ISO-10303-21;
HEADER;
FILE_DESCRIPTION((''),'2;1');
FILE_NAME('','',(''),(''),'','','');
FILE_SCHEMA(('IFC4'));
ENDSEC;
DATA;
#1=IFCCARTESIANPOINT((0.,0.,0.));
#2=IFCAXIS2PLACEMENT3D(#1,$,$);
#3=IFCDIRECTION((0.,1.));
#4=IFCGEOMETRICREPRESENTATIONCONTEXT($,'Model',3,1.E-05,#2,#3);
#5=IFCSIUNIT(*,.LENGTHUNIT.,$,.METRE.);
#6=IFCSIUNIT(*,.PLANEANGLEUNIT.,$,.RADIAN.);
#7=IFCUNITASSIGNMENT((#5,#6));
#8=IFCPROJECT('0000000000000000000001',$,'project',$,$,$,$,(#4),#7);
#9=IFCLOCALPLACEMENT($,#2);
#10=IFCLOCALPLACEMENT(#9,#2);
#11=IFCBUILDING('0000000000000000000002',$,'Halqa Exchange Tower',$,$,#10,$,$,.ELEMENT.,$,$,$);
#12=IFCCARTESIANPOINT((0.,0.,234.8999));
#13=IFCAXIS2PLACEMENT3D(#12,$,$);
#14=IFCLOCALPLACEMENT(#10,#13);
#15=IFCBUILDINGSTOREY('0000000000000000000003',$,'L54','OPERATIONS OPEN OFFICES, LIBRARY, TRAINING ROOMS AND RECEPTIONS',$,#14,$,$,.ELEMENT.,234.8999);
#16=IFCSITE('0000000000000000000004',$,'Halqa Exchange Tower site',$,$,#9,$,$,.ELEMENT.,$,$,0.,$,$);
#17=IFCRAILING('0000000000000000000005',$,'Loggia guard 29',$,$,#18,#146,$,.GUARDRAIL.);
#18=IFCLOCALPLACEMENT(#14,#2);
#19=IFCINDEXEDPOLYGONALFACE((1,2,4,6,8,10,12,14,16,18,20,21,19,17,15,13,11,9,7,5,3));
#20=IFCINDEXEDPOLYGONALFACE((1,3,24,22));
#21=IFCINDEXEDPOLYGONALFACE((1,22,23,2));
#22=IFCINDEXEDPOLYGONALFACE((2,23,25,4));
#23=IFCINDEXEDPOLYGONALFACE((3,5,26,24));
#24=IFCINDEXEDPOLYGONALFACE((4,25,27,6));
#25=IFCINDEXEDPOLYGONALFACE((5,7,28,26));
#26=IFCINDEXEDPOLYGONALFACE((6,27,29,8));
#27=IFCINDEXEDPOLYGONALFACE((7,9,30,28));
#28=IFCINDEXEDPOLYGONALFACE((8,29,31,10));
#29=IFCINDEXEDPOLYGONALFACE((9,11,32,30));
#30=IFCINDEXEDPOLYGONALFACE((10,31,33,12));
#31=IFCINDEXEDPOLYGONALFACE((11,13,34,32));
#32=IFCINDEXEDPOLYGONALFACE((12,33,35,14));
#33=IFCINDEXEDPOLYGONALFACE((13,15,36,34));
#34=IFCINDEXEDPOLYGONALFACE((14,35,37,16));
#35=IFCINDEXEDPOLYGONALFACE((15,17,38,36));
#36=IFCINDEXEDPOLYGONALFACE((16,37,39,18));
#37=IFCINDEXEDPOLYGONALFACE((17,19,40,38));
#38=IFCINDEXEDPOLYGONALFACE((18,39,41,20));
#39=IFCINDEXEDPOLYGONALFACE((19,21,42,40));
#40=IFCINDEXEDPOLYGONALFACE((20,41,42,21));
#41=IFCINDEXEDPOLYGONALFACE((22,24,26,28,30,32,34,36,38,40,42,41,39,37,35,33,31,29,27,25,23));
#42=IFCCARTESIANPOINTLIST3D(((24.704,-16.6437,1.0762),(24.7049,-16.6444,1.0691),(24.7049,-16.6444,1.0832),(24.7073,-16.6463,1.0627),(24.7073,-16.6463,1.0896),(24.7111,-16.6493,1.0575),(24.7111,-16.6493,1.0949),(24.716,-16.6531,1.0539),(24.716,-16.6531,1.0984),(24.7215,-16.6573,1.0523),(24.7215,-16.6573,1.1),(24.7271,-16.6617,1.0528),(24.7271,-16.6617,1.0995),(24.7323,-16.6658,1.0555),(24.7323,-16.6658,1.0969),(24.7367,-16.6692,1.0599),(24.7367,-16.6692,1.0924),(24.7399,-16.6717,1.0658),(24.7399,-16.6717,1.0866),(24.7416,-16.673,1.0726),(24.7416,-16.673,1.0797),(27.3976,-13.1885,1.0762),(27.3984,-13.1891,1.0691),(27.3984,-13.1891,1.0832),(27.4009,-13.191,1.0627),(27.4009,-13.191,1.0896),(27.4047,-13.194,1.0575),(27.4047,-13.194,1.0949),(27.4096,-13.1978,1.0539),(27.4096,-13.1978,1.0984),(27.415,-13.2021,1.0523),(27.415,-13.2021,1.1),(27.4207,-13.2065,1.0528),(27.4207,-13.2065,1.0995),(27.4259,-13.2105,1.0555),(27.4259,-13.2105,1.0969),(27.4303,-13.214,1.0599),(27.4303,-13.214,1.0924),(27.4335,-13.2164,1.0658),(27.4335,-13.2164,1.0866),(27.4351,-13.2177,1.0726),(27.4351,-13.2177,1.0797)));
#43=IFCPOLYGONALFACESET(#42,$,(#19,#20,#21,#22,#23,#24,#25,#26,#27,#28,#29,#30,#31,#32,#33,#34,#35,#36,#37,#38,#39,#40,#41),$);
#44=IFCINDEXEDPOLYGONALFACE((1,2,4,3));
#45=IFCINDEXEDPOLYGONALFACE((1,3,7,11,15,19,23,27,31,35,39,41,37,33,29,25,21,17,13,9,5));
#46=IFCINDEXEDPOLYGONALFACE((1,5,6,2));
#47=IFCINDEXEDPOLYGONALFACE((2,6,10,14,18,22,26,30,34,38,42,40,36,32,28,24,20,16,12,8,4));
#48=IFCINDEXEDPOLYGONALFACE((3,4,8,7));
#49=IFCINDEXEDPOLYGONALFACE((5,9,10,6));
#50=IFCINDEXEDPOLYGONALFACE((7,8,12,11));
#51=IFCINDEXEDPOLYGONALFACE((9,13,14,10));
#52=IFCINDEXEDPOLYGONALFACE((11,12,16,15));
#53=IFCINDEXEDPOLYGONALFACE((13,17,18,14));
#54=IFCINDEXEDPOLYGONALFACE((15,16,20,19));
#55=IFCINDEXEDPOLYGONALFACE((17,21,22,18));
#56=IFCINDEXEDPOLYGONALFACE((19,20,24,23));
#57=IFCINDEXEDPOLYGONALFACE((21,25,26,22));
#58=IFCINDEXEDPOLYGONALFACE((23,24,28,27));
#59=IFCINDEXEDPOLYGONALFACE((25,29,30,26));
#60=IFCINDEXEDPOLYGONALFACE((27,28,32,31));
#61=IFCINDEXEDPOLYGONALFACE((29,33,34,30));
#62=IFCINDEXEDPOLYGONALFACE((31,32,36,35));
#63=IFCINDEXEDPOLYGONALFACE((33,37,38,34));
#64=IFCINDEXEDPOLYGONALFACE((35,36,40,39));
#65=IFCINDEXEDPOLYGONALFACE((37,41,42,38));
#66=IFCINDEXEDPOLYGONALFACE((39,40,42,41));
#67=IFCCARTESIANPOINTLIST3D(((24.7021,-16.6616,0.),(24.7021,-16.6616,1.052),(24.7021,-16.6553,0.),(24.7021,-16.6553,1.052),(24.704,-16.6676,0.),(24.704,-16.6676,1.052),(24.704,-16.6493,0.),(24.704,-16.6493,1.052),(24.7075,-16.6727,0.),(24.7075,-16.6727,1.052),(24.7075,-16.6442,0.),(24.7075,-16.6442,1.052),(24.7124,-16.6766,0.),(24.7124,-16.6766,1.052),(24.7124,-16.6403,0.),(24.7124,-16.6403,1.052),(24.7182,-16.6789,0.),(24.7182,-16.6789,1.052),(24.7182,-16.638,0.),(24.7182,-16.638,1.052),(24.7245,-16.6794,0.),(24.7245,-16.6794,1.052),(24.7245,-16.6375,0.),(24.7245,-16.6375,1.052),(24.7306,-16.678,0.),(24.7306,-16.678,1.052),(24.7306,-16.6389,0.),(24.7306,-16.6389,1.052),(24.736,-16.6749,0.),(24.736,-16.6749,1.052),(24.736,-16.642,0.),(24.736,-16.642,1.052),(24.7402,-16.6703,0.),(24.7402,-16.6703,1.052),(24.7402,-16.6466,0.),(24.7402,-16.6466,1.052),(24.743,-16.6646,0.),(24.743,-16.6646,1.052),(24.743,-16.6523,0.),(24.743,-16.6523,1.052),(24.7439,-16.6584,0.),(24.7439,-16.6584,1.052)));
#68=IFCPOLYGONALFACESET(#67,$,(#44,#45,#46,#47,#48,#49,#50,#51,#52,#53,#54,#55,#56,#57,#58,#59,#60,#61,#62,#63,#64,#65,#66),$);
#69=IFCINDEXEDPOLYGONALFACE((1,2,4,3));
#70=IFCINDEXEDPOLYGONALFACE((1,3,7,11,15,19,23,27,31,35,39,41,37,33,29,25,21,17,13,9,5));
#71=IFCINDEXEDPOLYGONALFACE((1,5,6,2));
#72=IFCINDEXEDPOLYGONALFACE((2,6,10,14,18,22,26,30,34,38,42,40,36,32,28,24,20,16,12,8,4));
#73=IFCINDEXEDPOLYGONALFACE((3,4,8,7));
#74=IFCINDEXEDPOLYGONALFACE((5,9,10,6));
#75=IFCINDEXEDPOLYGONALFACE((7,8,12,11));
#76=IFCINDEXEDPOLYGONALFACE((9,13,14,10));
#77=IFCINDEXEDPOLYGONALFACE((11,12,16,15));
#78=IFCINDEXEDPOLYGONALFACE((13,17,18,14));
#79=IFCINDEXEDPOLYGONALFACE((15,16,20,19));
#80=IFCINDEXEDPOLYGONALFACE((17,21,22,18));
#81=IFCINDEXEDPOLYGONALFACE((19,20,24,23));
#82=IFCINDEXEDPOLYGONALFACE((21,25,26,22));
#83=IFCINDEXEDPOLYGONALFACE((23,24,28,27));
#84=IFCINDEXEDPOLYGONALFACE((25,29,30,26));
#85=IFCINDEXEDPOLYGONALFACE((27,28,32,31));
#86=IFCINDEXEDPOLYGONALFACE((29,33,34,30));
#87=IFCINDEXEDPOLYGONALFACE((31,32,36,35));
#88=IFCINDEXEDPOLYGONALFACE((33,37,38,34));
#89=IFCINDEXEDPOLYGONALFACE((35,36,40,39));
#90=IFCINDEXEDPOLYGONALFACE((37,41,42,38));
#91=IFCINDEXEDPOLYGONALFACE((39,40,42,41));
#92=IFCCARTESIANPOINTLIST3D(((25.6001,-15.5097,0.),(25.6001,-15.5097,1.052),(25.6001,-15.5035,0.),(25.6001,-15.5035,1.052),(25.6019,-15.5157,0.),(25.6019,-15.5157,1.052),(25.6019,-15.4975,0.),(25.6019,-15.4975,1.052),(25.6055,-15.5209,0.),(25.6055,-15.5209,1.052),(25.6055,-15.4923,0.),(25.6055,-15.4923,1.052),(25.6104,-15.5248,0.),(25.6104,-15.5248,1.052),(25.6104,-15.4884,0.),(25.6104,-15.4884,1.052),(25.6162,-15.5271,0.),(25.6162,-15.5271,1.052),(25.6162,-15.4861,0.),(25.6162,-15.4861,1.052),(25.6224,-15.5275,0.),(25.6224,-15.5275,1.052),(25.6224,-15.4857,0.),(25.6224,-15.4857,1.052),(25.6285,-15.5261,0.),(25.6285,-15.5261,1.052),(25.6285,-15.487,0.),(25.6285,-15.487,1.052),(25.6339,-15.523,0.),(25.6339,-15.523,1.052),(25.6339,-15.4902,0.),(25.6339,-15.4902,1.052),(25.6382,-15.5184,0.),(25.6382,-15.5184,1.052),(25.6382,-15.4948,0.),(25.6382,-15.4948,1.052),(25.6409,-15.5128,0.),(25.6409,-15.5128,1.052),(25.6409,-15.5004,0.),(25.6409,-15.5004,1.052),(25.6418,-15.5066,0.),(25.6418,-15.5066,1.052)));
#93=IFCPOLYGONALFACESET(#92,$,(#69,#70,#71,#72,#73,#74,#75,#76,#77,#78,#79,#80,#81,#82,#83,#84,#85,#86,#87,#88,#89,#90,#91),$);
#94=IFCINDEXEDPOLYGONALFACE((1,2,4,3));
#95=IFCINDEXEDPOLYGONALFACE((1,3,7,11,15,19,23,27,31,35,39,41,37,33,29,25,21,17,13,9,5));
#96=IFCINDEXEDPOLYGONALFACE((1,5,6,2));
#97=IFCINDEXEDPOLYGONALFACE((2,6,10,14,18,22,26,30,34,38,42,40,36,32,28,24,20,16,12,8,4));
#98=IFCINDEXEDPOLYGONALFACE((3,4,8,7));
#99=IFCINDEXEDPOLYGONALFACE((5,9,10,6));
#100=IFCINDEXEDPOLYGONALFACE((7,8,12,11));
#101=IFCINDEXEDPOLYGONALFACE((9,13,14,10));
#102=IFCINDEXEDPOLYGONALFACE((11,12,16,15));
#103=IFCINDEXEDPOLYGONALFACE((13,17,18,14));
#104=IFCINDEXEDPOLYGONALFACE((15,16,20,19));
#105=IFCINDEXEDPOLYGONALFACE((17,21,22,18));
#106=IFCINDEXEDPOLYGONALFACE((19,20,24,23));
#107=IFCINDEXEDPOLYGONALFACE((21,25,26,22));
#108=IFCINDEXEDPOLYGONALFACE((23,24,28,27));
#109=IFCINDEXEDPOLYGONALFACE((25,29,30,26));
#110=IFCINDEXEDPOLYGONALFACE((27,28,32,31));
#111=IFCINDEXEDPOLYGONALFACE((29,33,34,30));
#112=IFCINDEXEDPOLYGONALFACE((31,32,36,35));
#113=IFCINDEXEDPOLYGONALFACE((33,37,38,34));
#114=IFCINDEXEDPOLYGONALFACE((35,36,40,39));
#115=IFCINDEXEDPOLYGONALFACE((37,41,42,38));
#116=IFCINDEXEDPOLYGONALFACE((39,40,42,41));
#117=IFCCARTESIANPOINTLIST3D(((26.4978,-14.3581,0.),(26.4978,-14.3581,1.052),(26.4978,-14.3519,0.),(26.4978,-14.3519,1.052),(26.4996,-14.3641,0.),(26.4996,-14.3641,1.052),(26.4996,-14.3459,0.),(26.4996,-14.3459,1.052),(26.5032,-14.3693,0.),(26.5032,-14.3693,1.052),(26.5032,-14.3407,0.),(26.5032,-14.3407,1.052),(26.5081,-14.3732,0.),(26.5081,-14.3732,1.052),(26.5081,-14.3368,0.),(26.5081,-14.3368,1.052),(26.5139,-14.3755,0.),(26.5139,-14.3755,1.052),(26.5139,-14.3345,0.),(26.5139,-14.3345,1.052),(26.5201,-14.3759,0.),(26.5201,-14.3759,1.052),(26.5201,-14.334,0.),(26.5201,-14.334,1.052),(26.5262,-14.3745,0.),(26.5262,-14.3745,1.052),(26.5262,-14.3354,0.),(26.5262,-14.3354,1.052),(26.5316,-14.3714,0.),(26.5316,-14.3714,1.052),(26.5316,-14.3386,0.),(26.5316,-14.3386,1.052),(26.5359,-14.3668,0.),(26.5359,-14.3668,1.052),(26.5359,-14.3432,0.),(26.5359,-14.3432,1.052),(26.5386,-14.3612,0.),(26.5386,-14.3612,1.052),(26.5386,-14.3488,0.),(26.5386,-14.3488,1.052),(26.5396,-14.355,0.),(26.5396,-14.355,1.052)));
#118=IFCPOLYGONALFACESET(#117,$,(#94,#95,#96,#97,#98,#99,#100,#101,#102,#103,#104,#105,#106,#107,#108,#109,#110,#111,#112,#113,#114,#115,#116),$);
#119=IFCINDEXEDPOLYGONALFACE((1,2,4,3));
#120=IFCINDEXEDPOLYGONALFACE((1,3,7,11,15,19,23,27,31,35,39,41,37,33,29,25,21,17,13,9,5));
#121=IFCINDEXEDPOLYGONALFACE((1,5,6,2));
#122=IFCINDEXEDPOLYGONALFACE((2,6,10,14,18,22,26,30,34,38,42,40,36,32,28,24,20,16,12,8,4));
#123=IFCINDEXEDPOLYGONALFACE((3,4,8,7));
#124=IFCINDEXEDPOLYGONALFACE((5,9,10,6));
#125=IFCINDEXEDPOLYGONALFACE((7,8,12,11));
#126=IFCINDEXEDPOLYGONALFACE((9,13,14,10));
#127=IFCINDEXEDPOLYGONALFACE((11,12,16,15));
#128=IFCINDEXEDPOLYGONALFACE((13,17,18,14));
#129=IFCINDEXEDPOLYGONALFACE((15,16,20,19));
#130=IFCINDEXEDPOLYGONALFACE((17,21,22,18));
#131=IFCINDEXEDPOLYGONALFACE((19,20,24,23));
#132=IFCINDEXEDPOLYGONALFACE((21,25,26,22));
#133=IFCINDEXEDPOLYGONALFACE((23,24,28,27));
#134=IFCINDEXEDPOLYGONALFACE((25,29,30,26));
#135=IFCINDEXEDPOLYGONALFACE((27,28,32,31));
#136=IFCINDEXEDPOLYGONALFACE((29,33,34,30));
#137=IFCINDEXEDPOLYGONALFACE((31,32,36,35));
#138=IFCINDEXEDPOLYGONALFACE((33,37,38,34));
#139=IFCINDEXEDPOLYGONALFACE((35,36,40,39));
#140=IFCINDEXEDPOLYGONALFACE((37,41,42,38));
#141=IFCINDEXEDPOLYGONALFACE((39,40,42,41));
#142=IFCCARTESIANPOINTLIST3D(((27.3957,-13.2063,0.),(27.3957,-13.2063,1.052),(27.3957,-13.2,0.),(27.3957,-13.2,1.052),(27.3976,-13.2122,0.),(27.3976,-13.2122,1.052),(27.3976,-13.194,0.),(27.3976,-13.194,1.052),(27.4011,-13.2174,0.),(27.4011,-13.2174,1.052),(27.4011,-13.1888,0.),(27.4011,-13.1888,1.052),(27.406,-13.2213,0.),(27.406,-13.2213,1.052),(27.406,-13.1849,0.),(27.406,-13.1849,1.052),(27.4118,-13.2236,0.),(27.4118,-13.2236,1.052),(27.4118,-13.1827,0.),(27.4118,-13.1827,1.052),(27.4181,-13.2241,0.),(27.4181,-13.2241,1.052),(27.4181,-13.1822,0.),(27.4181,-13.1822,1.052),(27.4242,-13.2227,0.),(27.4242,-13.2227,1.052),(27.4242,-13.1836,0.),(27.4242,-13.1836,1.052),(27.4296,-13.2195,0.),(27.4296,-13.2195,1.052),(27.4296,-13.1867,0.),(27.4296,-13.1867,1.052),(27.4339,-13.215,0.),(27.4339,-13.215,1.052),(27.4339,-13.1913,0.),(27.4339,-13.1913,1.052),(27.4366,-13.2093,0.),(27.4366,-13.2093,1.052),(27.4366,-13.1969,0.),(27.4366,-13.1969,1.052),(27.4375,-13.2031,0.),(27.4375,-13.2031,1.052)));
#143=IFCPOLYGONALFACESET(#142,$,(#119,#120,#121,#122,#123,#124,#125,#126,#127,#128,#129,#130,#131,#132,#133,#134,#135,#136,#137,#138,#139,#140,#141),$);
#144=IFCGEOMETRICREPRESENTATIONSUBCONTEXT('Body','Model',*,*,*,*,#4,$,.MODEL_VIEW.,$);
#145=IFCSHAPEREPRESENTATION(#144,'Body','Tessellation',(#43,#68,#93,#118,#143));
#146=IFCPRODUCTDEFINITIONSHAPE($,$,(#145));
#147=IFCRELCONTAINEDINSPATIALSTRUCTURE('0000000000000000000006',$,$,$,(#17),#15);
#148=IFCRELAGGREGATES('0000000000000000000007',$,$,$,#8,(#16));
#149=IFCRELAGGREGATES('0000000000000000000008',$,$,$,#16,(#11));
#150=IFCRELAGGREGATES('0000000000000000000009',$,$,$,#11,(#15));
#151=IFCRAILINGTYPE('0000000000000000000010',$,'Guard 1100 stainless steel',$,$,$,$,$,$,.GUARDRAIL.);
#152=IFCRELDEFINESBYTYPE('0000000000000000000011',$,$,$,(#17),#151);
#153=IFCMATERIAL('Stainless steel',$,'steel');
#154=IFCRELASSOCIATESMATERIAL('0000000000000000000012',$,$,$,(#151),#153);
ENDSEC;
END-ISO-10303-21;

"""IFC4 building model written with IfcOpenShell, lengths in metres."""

from ifc_helpers import new_model, si_unit, direction, frame, origin, origin_2d, place, context, subcontext, project, spatial, circle, extrude, material, type_object, element, save


model = new_model("IFC4")

# Units and contexts
model_context = context("Model", 3, precision=1e-05, world=origin(), true_north=direction((0.0, 1.0)))
body_context = subcontext(model_context, "Body", "Model", "MODEL_VIEW")
ifc_project = project(units=[si_unit("LENGTHUNIT", "METRE"), si_unit("PLANEANGLEUNIT", "RADIAN")], contexts=[model_context])

# Site, building, storey
site_placement = place(None, origin())
site = spatial("IfcSite", under=ifc_project, at=site_placement, Name="Halqa Exchange Tower site", CompositionType="ELEMENT", RefElevation=0.0)
building_placement = place(site_placement, origin())
building = spatial("IfcBuilding", under=site, at=building_placement, Name="Halqa Exchange Tower", CompositionType="ELEMENT")
storey_placement = place(building_placement, frame((0.0, 0.0, 234.8999)))
storey = spatial("IfcBuildingStorey", under=building, at=storey_placement, Name="L54", Description="OPERATIONS OPEN OFFICES, LIBRARY, TRAINING ROOMS AND RECEPTIONS", CompositionType="ELEMENT", Elevation=234.8999)

# Railing
ifc_material_1 = material(Name="Stainless steel", Category="steel")
railing_type = type_object("IfcRailingType", Name="Guard 1100 stainless steel", PredefinedType="GUARDRAIL", material=ifc_material_1)
railing_1_placement = place(storey_placement, frame((24.7229, -16.6584, 0.0)))
element("IfcRailing", 1, at=railing_1_placement, inside=storey, type_object=railing_type, Name="Loggia guard 29", PredefinedType="GUARDRAIL", context=body_context, shape_type="SweptSolid", body=[
    extrude(circle(Radius=0.0239, at=origin_2d()), frame((0.0, 0.0, 1.0762), z_axis=(0.614812, 0.788674, 0.0), x_axis=(-0.788674, 0.614812, 0.0)), (0.0, 0.0, 1.0), 4.3811),
    extrude(circle(Radius=0.021, at=origin_2d()), origin(), (0.0, 0.0, 1.0), 1.052),
    extrude(circle(Radius=0.021, at=origin_2d()), frame((0.8979, 1.1519, 0.0)), (0.0, 0.0, 1.0), 1.052),
    extrude(circle(Radius=0.021, at=origin_2d()), frame((1.7957, 2.3035, 0.0)), (0.0, 0.0, 1.0), 1.052),
    extrude(circle(Radius=0.021, at=origin_2d()), frame((2.6936, 3.4553, 0.0)), (0.0, 0.0, 1.0), 1.052),
])

save(model, "model.ifc")
